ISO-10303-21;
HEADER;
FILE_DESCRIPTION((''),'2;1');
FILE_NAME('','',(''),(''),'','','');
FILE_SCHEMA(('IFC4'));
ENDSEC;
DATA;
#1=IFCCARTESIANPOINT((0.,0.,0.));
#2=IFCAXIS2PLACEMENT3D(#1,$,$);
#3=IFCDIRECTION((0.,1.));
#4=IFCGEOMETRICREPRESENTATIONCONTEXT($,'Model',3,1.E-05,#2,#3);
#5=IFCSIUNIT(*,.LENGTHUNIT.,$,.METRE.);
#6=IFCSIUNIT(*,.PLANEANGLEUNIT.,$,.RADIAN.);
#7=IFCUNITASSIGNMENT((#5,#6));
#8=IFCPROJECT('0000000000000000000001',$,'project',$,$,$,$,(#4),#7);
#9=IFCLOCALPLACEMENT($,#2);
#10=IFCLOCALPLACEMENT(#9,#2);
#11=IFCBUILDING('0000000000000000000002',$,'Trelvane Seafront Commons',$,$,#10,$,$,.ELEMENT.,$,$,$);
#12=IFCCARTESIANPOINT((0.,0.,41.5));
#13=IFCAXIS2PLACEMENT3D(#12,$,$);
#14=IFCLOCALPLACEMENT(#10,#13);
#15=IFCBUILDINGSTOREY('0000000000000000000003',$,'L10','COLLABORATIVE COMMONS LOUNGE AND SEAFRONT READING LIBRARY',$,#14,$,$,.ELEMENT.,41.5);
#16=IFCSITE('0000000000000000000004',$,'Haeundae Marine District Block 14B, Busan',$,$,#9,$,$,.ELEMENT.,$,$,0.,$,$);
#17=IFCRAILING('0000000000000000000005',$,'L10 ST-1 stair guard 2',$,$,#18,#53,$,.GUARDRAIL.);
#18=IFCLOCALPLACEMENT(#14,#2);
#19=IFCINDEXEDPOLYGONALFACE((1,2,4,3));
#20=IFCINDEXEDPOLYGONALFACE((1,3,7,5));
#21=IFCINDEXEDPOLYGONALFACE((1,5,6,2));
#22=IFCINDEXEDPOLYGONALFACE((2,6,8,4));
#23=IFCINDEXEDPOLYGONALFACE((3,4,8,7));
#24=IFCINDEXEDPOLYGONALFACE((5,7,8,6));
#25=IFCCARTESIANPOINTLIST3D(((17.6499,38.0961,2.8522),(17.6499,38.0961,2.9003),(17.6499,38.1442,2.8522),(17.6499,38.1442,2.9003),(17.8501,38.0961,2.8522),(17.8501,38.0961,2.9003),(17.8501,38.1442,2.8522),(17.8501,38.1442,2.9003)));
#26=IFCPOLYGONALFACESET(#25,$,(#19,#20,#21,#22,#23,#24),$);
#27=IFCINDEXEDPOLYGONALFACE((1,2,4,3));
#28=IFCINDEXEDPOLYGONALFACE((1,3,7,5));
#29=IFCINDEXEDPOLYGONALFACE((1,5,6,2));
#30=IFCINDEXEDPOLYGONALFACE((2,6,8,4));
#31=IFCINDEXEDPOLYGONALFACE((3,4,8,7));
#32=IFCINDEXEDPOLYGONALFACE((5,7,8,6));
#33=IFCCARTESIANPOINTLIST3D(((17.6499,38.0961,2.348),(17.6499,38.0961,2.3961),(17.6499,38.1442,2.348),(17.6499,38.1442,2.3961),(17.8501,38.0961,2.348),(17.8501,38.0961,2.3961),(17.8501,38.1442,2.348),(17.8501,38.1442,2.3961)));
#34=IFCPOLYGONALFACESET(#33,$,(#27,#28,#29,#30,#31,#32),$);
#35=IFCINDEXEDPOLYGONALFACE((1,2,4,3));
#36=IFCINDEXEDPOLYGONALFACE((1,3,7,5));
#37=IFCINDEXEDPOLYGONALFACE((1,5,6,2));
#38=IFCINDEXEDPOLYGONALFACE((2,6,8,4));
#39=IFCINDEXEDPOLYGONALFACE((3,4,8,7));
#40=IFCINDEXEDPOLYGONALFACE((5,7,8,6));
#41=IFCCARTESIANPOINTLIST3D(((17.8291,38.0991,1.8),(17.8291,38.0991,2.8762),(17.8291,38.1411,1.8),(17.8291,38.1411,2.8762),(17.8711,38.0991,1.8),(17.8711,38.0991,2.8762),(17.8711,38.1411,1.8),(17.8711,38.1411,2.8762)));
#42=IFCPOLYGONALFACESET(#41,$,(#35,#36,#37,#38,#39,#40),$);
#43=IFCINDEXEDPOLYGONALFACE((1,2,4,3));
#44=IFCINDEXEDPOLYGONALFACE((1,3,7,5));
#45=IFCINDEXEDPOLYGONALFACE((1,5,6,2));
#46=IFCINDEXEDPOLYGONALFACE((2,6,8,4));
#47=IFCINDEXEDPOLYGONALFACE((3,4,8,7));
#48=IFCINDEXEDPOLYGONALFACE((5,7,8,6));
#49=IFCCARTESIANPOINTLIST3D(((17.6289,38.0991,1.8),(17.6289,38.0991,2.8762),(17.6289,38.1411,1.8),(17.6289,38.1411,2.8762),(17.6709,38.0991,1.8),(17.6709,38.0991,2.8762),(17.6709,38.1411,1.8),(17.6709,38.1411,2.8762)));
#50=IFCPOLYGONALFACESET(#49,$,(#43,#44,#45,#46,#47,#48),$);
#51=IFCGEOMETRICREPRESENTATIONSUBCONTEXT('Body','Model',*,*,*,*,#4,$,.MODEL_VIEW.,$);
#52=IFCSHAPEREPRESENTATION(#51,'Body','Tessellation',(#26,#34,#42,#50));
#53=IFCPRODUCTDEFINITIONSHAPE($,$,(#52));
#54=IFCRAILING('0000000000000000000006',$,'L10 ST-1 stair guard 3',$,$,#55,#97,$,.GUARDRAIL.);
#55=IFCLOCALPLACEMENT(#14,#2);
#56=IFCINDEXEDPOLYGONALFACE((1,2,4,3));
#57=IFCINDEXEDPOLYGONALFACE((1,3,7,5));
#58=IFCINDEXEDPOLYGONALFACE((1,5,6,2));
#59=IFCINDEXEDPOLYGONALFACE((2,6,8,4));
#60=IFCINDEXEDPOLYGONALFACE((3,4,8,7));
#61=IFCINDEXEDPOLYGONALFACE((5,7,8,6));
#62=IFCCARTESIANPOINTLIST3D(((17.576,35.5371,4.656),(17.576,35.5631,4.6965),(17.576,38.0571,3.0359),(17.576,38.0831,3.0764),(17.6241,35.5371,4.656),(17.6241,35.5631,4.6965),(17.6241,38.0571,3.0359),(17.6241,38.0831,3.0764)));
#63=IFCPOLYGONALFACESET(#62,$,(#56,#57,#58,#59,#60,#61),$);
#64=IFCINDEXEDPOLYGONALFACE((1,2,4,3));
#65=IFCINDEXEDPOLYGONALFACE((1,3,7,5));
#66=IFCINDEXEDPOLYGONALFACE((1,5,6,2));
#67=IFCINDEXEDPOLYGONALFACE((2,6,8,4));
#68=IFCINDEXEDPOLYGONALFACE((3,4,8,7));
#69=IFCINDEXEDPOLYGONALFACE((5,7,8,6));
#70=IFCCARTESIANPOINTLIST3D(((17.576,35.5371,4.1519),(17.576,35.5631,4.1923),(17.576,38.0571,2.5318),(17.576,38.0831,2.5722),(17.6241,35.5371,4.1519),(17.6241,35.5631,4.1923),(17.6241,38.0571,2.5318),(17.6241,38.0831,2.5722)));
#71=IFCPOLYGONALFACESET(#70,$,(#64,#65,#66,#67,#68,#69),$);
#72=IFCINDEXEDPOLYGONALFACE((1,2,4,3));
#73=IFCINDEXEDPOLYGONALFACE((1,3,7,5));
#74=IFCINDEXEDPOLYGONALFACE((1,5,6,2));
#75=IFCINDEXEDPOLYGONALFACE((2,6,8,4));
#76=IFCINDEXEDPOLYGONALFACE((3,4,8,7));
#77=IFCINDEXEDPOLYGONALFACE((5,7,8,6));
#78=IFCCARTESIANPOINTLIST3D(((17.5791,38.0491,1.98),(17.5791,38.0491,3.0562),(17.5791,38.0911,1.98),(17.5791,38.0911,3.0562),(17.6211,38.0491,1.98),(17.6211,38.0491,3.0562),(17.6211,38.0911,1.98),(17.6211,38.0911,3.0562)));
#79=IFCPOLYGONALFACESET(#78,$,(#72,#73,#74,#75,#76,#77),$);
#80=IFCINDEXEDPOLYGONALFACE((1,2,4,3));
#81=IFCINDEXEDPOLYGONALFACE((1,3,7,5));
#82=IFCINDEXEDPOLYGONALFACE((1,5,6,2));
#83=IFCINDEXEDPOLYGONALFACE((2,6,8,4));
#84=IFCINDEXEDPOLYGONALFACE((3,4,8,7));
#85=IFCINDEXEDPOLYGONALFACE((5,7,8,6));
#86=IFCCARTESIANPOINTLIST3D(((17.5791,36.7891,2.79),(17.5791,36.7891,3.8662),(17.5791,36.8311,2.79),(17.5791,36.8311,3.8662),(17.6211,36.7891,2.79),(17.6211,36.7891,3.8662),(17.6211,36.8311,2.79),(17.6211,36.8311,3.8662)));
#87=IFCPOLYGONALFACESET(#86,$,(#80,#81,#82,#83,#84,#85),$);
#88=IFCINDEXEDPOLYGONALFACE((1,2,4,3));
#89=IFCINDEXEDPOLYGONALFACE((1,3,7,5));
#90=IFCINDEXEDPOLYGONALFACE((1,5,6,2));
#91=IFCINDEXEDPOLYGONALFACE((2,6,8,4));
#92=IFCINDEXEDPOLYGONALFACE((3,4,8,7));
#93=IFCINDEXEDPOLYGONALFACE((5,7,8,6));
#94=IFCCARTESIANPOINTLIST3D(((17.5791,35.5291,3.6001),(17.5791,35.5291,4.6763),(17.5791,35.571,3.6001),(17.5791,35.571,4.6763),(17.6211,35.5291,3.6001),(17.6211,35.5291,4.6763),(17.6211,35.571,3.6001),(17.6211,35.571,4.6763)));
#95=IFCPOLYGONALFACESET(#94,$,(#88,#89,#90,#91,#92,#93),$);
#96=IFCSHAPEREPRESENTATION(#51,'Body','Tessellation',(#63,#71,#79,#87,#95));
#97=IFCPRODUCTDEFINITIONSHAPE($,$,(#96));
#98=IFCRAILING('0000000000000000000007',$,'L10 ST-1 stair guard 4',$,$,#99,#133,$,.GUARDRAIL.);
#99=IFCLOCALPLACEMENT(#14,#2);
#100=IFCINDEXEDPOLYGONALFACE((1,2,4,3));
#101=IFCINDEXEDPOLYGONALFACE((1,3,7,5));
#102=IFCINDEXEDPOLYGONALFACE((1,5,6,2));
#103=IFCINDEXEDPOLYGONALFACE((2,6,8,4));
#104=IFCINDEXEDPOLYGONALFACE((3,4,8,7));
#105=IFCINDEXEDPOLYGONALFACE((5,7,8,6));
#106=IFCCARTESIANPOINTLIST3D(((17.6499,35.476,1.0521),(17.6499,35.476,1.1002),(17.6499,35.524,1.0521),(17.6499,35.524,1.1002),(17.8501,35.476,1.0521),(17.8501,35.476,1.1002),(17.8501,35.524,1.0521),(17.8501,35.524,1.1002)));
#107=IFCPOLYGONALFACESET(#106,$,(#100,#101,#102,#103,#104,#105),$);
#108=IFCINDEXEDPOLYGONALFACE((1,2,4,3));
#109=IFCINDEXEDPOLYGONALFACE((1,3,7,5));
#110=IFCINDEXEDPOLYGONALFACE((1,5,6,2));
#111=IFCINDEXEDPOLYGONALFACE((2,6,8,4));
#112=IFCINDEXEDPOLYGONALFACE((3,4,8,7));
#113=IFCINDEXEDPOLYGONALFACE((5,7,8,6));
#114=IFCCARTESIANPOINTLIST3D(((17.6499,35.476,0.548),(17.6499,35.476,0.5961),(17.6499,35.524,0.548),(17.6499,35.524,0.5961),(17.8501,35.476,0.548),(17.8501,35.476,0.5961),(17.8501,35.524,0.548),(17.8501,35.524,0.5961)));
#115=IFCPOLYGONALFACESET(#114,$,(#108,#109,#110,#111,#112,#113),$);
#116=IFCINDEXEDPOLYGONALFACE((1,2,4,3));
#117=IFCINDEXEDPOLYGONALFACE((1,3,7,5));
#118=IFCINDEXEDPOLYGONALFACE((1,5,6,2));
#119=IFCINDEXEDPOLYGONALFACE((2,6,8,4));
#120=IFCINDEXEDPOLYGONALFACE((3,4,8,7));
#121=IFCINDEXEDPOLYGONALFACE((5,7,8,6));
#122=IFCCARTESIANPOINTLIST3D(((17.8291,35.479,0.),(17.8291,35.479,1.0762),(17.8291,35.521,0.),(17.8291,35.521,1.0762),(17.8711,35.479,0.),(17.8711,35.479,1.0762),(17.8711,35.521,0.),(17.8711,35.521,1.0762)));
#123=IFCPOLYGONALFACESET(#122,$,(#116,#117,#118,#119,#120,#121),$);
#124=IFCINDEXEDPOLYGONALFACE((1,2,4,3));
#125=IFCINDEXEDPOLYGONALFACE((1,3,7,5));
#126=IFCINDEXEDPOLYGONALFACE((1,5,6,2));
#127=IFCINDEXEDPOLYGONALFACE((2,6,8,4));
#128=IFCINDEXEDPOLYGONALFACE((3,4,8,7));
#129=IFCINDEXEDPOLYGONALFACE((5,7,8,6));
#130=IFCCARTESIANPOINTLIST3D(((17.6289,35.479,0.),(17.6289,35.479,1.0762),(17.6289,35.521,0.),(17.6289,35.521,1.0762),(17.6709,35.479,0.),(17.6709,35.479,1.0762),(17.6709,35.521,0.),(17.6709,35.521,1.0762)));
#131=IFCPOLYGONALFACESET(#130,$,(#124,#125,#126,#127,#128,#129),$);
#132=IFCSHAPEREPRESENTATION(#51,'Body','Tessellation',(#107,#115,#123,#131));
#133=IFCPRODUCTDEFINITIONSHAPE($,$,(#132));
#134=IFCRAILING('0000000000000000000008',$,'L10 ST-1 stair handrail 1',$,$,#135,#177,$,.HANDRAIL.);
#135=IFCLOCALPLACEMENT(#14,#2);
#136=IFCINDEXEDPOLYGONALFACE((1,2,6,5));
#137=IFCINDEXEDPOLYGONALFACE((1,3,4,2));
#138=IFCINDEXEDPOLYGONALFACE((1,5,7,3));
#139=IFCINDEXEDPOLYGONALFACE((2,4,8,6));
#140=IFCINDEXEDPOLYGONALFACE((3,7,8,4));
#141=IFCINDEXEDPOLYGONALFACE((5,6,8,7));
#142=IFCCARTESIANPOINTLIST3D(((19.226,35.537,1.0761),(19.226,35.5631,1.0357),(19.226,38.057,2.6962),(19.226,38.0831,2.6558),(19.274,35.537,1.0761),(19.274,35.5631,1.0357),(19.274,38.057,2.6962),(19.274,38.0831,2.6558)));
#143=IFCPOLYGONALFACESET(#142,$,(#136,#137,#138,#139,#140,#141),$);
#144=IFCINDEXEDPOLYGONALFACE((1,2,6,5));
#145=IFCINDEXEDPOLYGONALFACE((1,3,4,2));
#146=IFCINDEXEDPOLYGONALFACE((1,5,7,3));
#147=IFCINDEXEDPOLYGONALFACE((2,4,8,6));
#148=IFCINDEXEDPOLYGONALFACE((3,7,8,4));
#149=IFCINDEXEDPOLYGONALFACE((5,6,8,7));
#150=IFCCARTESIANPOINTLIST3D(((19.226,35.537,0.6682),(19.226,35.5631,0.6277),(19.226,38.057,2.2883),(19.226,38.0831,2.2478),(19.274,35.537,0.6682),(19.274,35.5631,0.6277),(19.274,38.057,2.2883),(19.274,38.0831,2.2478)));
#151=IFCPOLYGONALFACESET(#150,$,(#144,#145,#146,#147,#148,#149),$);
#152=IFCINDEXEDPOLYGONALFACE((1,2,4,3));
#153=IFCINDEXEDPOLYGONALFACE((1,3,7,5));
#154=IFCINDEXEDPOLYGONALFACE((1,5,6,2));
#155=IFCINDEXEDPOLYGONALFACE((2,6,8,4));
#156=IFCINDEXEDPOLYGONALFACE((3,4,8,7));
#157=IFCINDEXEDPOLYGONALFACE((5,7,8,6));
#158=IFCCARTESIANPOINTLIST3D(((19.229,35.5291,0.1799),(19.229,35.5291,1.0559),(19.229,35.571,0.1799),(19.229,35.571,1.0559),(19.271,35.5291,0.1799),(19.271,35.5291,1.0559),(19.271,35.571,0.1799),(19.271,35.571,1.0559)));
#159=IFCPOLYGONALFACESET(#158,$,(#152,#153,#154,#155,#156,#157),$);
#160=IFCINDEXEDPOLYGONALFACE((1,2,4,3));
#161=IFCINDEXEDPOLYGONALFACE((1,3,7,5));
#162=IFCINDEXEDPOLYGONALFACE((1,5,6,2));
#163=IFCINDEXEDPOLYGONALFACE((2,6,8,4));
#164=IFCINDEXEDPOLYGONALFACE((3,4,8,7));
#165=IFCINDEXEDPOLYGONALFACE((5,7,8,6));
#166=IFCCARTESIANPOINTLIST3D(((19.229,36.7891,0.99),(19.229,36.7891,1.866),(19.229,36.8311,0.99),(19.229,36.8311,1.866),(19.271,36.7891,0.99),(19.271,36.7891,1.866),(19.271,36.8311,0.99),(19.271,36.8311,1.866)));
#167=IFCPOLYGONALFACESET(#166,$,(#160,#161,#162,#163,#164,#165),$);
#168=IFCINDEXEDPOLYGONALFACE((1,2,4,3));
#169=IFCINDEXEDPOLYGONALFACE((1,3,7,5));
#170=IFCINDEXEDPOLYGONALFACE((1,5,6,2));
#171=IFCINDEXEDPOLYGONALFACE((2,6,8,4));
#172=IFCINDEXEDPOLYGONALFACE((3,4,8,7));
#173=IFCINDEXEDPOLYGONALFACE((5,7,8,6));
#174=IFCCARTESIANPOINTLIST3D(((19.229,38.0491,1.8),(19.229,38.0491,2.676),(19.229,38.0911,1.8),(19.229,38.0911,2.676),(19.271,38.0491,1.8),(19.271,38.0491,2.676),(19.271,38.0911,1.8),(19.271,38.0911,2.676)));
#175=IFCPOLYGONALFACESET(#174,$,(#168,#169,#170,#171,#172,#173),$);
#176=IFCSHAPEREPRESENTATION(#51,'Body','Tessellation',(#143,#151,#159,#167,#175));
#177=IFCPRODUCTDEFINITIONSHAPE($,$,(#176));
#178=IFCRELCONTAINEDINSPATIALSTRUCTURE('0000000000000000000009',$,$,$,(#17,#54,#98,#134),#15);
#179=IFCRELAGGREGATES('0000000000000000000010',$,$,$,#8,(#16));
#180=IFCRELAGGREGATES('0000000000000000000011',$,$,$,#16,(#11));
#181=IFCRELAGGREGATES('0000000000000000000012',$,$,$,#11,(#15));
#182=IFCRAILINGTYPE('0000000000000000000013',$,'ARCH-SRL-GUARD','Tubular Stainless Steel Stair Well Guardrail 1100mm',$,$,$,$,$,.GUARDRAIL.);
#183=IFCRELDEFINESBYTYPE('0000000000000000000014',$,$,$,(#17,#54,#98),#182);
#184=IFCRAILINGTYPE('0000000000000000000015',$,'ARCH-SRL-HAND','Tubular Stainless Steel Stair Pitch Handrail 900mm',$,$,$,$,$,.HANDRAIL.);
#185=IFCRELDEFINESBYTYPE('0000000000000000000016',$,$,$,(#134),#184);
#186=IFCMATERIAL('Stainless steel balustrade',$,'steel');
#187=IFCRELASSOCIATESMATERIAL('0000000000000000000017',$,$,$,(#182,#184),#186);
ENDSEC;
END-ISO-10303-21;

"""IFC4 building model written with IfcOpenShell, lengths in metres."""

from ifc_helpers import new_model, si_unit, direction, frame, origin, origin_2d, place, context, subcontext, project, spatial, rectangle, extrude, material, type_object, element, save


model = new_model("IFC4")

# Units and contexts
model_context = context("Model", 3, precision=1e-05, world=origin(), true_north=direction((0.0, 1.0)))
body_context = subcontext(model_context, "Body", "Model", "MODEL_VIEW")
ifc_project = project(units=[si_unit("LENGTHUNIT", "METRE"), si_unit("PLANEANGLEUNIT", "RADIAN")], contexts=[model_context])

# Site, building, storey
site_placement = place(None, origin())
site = spatial("IfcSite", under=ifc_project, at=site_placement, Name="Haeundae Marine District Block 14B, Busan", CompositionType="ELEMENT", RefElevation=0.0)
building_placement = place(site_placement, origin())
building = spatial("IfcBuilding", under=site, at=building_placement, Name="Trelvane Seafront Commons", CompositionType="ELEMENT")
storey_placement = place(building_placement, frame((0.0, 0.0, 41.5)))
storey = spatial("IfcBuildingStorey", under=building, at=storey_placement, Name="L10", Description="COLLABORATIVE COMMONS LOUNGE AND SEAFRONT READING LIBRARY", CompositionType="ELEMENT", Elevation=41.5)

# Shared definitions
ifc_material_1 = material(Name="Stainless steel balustrade", Category="steel")

# Railings
railing_type_1 = type_object("IfcRailingType", Name="ARCH-SRL-GUARD", Description="Tubular Stainless Steel Stair Well Guardrail 1100mm", PredefinedType="GUARDRAIL", material=ifc_material_1)
railing_1_placement = place(storey_placement, frame((17.8501, 38.1201, 1.8)))
element("IfcRailing", 1, at=railing_1_placement, inside=storey, type_object=railing_type_1, Name="L10 ST-1 stair guard 2", PredefinedType="GUARDRAIL", context=body_context, shape_type="SweptSolid", body=[
    extrude(rectangle(XDim=0.0481, YDim=0.0481, at=origin_2d()), frame((0.0, 0.0, 1.0762), z_axis=(-1.0, 0.0, 0.0), x_axis=(0.0, -1.0, 0.0)), (0.0, 0.0, 1.0), 0.2002),
    extrude(rectangle(XDim=0.0481, YDim=0.0481, at=origin_2d()), frame((0.0, 0.0, 0.572), z_axis=(-1.0, 0.0, 0.0), x_axis=(0.0, -1.0, 0.0)), (0.0, 0.0, 1.0), 0.2002),
    extrude(rectangle(XDim=0.042, YDim=0.042, at=origin_2d()), origin(), (0.0, 0.0, 1.0), 1.0762),
    extrude(rectangle(XDim=0.042, YDim=0.042, at=origin_2d()), frame((-0.2002, 0.0, 0.0)), (0.0, 0.0, 1.0), 1.0762),
])
railing_2_placement = place(storey_placement, frame((17.6001, 38.0701, 1.98)))
element("IfcRailing", 2, at=railing_2_placement, inside=storey, type_object=railing_type_1, Name="L10 ST-1 stair guard 3", PredefinedType="GUARDRAIL", context=body_context, shape_type="SweptSolid", body=[
    extrude(rectangle(XDim=0.0481, YDim=0.0481, at=origin_2d()), frame((0.0, 0.0, 1.0762), z_axis=(0.0, -0.841163, 0.540782), x_axis=(1.0, 0.0, 0.0)), (0.0, 0.0, 1.0), 2.9958),
    extrude(rectangle(XDim=0.0481, YDim=0.0481, at=origin_2d()), frame((0.0, 0.0, 0.572), z_axis=(0.0, -0.841163, 0.540782), x_axis=(1.0, 0.0, 0.0)), (0.0, 0.0, 1.0), 2.9958),
    extrude(rectangle(XDim=0.042, YDim=0.042, at=origin_2d()), origin(), (0.0, 0.0, 1.0), 1.0762),
    extrude(rectangle(XDim=0.042, YDim=0.042, at=origin_2d()), frame((0.0, -1.26, 0.8101)), (0.0, 0.0, 1.0), 1.0762),
    extrude(rectangle(XDim=0.042, YDim=0.042, at=origin_2d()), frame((0.0, -2.52, 1.6201)), (0.0, 0.0, 1.0), 1.0762),
])
railing_3_placement = place(storey_placement, frame((17.8501, 35.5, 0.0)))
element("IfcRailing", 3, at=railing_3_placement, inside=storey, type_object=railing_type_1, Name="L10 ST-1 stair guard 4", PredefinedType="GUARDRAIL", context=body_context, shape_type="SweptSolid", body=[
    extrude(rectangle(XDim=0.0481, YDim=0.0481, at=origin_2d()), frame((0.0, 0.0, 1.0762), z_axis=(-1.0, 0.0, 0.0), x_axis=(0.0, -1.0, 0.0)), (0.0, 0.0, 1.0), 0.2002),
    extrude(rectangle(XDim=0.0481, YDim=0.0481, at=origin_2d()), frame((0.0, 0.0, 0.572), z_axis=(-1.0, 0.0, 0.0), x_axis=(0.0, -1.0, 0.0)), (0.0, 0.0, 1.0), 0.2002),
    extrude(rectangle(XDim=0.042, YDim=0.042, at=origin_2d()), origin(), (0.0, 0.0, 1.0), 1.0762),
    extrude(rectangle(XDim=0.042, YDim=0.042, at=origin_2d()), frame((-0.2002, 0.0, 0.0)), (0.0, 0.0, 1.0), 1.0762),
])
railing_type_2 = type_object("IfcRailingType", Name="ARCH-SRL-HAND", Description="Tubular Stainless Steel Stair Pitch Handrail 900mm", PredefinedType="HANDRAIL", material=ifc_material_1)
railing_4_placement = place(storey_placement, frame((19.25, 35.55, 0.1799)))
element("IfcRailing", 4, at=railing_4_placement, inside=storey, type_object=railing_type_2, Name="L10 ST-1 stair handrail 1", PredefinedType="HANDRAIL", context=body_context, shape_type="SweptSolid", body=[
    extrude(rectangle(XDim=0.0481, YDim=0.0481, at=origin_2d()), frame((0.0, 0.0, 0.876), z_axis=(0.0, 0.841163, 0.540782), x_axis=(-1.0, 0.0, 0.0)), (0.0, 0.0, 1.0), 2.9958),
    extrude(rectangle(XDim=0.0481, YDim=0.0481, at=origin_2d()), frame((0.0, 0.0, 0.468), z_axis=(0.0, 0.841163, 0.540782), x_axis=(-1.0, 0.0, 0.0)), (0.0, 0.0, 1.0), 2.9958),
    extrude(rectangle(XDim=0.042, YDim=0.042, at=origin_2d()), origin(), (0.0, 0.0, 1.0), 0.876),
    extrude(rectangle(XDim=0.042, YDim=0.042, at=origin_2d()), frame((0.0, 1.26, 0.8101)), (0.0, 0.0, 1.0), 0.876),
    extrude(rectangle(XDim=0.042, YDim=0.042, at=origin_2d()), frame((0.0, 2.52, 1.6201)), (0.0, 0.0, 1.0), 0.876),
])

save(model, "model.ifc")
